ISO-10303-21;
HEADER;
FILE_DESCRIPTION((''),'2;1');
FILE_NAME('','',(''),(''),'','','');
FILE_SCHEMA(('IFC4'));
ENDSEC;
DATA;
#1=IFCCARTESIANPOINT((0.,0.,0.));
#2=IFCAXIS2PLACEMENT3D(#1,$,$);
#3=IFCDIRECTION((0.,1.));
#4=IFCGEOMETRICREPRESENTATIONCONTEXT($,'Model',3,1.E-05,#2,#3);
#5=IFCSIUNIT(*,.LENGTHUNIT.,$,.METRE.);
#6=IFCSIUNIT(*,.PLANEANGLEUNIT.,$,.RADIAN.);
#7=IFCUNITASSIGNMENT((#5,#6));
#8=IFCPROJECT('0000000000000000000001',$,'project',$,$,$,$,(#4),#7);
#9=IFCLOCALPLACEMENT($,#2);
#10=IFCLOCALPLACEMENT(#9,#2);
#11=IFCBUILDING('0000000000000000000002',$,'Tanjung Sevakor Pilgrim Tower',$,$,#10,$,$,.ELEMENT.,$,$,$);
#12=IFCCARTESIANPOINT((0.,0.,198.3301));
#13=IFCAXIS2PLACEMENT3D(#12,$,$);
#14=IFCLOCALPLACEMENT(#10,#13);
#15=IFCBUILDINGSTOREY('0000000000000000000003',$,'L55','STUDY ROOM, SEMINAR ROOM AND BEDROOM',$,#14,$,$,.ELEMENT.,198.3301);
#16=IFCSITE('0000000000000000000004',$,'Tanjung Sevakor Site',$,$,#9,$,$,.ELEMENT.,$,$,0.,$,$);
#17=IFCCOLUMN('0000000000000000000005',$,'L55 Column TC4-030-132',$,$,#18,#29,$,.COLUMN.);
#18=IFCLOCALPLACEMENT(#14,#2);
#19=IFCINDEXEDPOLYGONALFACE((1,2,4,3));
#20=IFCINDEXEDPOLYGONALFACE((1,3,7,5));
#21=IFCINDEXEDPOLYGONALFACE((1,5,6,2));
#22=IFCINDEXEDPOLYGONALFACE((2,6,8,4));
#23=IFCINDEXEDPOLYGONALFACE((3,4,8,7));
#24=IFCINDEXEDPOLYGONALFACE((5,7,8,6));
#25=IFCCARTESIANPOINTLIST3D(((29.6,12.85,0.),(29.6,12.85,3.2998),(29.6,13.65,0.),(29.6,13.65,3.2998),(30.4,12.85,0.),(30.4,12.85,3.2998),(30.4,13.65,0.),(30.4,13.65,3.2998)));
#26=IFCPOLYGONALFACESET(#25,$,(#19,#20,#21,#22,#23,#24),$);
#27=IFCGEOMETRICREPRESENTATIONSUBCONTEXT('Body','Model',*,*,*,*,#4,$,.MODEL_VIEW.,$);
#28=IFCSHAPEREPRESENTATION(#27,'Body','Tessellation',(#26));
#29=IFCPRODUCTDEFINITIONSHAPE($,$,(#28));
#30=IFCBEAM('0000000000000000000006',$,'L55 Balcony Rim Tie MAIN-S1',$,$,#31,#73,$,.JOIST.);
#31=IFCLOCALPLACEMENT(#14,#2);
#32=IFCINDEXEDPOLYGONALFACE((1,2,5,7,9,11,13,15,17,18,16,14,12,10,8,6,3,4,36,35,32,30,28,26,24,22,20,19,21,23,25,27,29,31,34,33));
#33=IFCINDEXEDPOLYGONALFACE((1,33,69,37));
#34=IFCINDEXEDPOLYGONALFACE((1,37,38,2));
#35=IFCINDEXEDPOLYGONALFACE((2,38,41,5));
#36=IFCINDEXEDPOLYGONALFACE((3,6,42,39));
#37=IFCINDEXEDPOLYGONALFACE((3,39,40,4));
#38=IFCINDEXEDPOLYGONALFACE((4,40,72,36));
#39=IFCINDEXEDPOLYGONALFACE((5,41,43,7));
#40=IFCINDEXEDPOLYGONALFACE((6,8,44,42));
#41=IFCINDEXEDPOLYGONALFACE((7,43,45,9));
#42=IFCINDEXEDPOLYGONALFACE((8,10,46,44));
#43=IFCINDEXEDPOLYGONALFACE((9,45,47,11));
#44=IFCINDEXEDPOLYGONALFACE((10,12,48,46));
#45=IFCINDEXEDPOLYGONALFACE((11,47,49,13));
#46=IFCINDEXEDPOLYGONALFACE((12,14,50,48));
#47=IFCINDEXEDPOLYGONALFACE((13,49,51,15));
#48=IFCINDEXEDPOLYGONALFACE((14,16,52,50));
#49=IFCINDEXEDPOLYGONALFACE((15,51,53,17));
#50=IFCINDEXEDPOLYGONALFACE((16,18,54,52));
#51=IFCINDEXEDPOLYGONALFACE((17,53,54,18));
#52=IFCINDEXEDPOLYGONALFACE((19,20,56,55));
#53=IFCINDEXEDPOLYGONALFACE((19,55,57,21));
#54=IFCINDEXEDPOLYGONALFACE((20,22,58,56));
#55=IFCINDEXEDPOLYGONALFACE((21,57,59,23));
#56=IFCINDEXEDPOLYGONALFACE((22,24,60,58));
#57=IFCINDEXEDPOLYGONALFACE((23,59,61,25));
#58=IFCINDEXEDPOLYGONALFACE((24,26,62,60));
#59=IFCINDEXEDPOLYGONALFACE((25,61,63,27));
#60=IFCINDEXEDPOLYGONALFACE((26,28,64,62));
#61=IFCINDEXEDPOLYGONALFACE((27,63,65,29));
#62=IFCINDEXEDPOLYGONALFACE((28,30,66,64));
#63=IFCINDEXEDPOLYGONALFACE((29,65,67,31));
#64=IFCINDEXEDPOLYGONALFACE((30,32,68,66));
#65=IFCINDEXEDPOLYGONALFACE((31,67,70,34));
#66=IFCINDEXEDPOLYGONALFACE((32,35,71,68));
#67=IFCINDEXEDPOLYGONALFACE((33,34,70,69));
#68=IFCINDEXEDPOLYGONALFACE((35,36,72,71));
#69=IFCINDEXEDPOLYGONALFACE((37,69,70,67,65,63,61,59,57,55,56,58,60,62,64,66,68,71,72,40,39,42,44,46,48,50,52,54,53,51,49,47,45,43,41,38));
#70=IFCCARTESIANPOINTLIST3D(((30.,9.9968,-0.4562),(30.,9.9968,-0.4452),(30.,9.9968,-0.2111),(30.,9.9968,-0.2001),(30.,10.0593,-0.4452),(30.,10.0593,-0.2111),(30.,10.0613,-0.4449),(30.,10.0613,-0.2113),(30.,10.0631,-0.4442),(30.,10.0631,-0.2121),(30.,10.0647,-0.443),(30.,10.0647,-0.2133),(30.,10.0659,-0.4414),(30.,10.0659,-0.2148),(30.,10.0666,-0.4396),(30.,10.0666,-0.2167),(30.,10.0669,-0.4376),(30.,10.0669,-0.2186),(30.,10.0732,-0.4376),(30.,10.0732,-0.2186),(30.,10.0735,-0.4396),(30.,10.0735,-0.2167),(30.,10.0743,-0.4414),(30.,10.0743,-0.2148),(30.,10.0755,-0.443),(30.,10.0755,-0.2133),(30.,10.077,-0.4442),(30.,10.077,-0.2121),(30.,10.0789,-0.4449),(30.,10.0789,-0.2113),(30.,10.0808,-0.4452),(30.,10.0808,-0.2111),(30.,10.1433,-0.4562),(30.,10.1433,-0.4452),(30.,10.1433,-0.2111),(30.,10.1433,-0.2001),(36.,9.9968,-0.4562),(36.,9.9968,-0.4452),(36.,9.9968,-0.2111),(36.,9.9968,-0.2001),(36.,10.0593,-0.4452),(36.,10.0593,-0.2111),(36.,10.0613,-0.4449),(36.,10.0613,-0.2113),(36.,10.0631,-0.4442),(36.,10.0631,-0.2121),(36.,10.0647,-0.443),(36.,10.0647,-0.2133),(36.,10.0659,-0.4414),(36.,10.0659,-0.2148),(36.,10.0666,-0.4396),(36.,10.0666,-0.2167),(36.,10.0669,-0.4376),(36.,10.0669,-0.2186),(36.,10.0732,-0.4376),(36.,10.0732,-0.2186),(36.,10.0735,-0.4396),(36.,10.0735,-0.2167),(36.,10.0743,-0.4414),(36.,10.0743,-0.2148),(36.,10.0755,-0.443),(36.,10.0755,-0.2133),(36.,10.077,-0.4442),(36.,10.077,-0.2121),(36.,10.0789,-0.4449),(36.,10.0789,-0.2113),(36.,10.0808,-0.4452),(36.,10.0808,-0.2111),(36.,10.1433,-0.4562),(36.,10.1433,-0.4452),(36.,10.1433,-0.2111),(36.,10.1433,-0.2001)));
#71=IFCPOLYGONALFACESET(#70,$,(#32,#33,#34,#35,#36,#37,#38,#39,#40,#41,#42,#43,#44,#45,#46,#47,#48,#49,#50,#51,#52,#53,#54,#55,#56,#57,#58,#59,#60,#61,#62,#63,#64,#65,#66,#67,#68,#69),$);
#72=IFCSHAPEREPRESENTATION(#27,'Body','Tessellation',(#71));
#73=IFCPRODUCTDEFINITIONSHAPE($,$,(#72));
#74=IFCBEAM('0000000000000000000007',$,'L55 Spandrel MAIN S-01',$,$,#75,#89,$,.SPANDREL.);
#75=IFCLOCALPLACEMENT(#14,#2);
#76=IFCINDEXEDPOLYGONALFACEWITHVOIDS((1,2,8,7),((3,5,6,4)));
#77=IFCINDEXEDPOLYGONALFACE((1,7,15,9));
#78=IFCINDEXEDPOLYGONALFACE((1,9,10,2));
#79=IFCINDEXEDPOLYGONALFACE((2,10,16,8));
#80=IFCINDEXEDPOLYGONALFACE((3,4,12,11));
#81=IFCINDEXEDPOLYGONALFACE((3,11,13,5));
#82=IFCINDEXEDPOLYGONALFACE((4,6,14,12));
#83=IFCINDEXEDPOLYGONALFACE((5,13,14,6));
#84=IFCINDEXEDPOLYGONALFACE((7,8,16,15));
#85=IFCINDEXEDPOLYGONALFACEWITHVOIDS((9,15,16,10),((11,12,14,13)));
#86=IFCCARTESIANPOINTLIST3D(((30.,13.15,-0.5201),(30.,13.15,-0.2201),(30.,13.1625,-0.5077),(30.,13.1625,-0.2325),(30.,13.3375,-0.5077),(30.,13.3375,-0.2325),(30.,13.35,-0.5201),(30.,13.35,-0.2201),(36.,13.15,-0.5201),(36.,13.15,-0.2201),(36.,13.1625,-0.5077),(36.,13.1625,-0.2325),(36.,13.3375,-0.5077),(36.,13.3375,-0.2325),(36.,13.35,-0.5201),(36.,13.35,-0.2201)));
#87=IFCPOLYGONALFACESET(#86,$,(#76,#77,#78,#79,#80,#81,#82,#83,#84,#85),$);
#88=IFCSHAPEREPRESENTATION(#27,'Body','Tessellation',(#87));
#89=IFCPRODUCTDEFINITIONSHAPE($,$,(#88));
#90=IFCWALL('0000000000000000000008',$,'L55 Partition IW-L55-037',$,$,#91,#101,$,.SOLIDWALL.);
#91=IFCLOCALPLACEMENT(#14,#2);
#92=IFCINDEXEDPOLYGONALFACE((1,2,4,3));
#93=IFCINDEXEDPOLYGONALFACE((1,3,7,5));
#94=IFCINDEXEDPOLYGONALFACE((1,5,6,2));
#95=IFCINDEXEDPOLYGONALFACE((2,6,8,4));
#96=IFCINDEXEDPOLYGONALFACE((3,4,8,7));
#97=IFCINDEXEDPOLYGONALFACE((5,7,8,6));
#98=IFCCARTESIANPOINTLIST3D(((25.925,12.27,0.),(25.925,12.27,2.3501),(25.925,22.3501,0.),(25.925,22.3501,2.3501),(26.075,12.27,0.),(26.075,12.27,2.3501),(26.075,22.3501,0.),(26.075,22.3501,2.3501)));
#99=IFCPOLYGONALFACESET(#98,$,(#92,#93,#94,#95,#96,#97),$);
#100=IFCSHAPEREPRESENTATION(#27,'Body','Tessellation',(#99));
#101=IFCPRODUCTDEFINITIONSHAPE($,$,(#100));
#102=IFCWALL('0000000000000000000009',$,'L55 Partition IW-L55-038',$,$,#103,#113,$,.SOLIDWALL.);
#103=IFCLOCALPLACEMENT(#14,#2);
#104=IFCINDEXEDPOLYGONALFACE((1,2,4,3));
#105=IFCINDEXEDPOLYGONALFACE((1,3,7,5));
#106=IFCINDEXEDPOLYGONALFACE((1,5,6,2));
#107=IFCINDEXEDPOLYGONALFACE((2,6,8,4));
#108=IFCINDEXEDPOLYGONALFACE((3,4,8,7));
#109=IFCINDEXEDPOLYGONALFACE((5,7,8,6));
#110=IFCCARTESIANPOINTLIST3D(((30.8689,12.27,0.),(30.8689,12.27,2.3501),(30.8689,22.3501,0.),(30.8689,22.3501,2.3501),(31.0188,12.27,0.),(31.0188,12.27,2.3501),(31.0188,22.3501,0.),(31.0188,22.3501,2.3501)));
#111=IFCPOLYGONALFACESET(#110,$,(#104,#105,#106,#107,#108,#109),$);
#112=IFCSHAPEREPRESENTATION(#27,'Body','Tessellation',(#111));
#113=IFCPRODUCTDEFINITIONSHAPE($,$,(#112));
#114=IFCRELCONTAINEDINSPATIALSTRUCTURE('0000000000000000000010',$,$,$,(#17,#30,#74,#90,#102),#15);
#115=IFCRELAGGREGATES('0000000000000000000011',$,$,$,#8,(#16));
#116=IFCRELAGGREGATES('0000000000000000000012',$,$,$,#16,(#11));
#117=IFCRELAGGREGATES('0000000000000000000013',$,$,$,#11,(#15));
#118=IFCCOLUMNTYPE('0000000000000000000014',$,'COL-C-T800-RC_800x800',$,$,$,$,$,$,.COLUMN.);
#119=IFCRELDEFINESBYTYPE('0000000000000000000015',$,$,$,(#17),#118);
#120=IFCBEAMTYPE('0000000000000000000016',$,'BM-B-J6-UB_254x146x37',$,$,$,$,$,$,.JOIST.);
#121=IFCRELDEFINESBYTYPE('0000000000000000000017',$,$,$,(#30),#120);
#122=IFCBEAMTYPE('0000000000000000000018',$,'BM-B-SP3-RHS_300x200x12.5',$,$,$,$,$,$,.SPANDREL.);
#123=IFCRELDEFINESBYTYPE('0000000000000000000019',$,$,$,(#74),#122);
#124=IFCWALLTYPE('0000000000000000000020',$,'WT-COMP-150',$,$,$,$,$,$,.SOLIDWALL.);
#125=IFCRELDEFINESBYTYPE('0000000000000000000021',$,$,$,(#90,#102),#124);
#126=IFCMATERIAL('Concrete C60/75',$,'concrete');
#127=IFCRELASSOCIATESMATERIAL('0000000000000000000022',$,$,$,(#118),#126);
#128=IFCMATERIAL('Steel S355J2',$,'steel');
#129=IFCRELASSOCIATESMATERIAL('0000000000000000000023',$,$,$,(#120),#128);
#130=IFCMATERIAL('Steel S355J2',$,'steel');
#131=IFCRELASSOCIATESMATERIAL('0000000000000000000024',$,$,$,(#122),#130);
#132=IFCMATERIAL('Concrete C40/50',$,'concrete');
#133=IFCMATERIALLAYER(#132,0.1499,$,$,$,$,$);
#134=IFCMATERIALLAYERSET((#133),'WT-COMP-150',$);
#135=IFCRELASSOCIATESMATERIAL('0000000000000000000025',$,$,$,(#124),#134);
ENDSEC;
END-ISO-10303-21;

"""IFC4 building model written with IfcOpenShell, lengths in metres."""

from ifc_helpers import new_model, si_unit, direction, frame, frame_2d, origin, origin_2d, place, context, subcontext, project, spatial, rectangle, hollow_rectangle, i_section, extrude, material, layer, layer_set, material_profile, profile_set, type_object, element, save


model = new_model("IFC4")

# Units and contexts
model_context = context("Model", 3, precision=1e-05, world=origin(), true_north=direction((0.0, 1.0)))
body_context = subcontext(model_context, "Body", "Model", "MODEL_VIEW")
ifc_project = project(units=[si_unit("LENGTHUNIT", "METRE"), si_unit("PLANEANGLEUNIT", "RADIAN")], contexts=[model_context])

# Site, building, storey
site_placement = place(None, origin())
site = spatial("IfcSite", under=ifc_project, at=site_placement, Name="Tanjung Sevakor Site", CompositionType="ELEMENT", RefElevation=0.0)
building_placement = place(site_placement, origin())
building = spatial("IfcBuilding", under=site, at=building_placement, Name="Tanjung Sevakor Pilgrim Tower", CompositionType="ELEMENT")
storey_placement = place(building_placement, frame((0.0, 0.0, 198.3301)))
storey = spatial("IfcBuildingStorey", under=building, at=storey_placement, Name="L55", Description="STUDY ROOM, SEMINAR ROOM AND BEDROOM", CompositionType="ELEMENT", Elevation=198.3301)

# Column
ifc_material_1 = material(Name="Concrete C60/75", Category="concrete")
ifc_material_profile_1 = material_profile(ifc_material_1, rectangle(XDim=0.8, YDim=0.8, at=origin_2d()))
ifc_profile_set_1 = profile_set([ifc_material_profile_1], Name="Concrete C60/75")
column_type = type_object("IfcColumnType", Name="COL-C-T800-RC_800x800", PredefinedType="COLUMN", material=ifc_profile_set_1)
column_placement = place(storey_placement, frame((30.0, 13.25, 0.0), z_axis=(0.0, 0.0, 1.0), x_axis=(1.0, 0.0, 0.0)))
element("IfcColumn", 1, at=column_placement, inside=storey, type_object=column_type, Name="L55 Column TC4-030-132", PredefinedType="COLUMN", context=body_context, shape_type="SweptSolid", body=[
    extrude(rectangle(XDim=0.8, YDim=0.8, at=origin_2d()), origin(), (0.0, 0.0, 1.0), 3.2998),
])

# Beams
ifc_material_2 = material(Name="Steel S355J2", Category="steel")
ifc_material_profile_2 = material_profile(ifc_material_2, i_section(OverallWidth=0.1465, OverallDepth=0.2561, WebThickness=0.0063, FlangeThickness=0.011, FilletRadius=0.0076, at=origin_2d()))
ifc_profile_set_2 = profile_set([ifc_material_profile_2], Name="Steel S355J2")
beam_type_1 = type_object("IfcBeamType", Name="BM-B-J6-UB_254x146x37", PredefinedType="JOIST", material=ifc_profile_set_2)
beam_1_placement = place(storey_placement, frame((30.0, 10.0701, -0.3281), z_axis=(1.0, 0.0, 0.0), x_axis=(0.0, 1.0, 0.0)))
element("IfcBeam", 2, at=beam_1_placement, inside=storey, type_object=beam_type_1, Name="L55 Balcony Rim Tie MAIN-S1", PredefinedType="JOIST", context=body_context, shape_type="SweptSolid", body=[
    extrude(i_section(OverallWidth=0.1465, OverallDepth=0.2561, WebThickness=0.0063, FlangeThickness=0.011, FilletRadius=0.0076, at=origin_2d()), origin(), (0.0, 0.0, 1.0), 6.0),
])
ifc_material_3 = material(Name="Steel S355J2", Category="steel")
ifc_material_profile_3 = material_profile(ifc_material_3, hollow_rectangle(XDim=0.2, YDim=0.3, WallThickness=0.0125, at=origin_2d()))
ifc_profile_set_3 = profile_set([ifc_material_profile_3], Name="Steel S355J2")
beam_type_2 = type_object("IfcBeamType", Name="BM-B-SP3-RHS_300x200x12.5", PredefinedType="SPANDREL", material=ifc_profile_set_3)
beam_2_placement = place(storey_placement, frame((30.0, 13.25, -0.3701), z_axis=(1.0, 0.0, 0.0), x_axis=(0.0, 1.0, 0.0)))
element("IfcBeam", 3, at=beam_2_placement, inside=storey, type_object=beam_type_2, Name="L55 Spandrel MAIN S-01", PredefinedType="SPANDREL", context=body_context, shape_type="SweptSolid", body=[
    extrude(hollow_rectangle(XDim=0.2, YDim=0.3, WallThickness=0.0125, at=origin_2d()), origin(), (0.0, 0.0, 1.0), 6.0),
])

# Walls
ifc_material_4 = material(Name="Concrete C40/50", Category="concrete")
ifc_layer_1 = layer(ifc_material_4, 0.1499)
ifc_layer_set_1 = layer_set([ifc_layer_1], Name="WT-COMP-150")
wall_type_1 = type_object("IfcWallType", Name="WT-COMP-150", PredefinedType="SOLIDWALL", material=ifc_layer_set_1)
for number, where, z_axis, x_axis, name in (
    (4, (26.0, 12.27, 0.0), (0.0, 0.0, 1.0), (0.0, 1.0, 0.0), "L55 Partition IW-L55-037"),
    (5, (30.9438, 12.27, 0.0), (0.0, 0.0, 1.0), (0.0, 1.0, 0.0), "L55 Partition IW-L55-038"),
):
    element("IfcWall", number, at=place(storey_placement, frame(where, z_axis=z_axis, x_axis=x_axis)), inside=storey, type_object=wall_type_1, Name=name, PredefinedType="SOLIDWALL", context=body_context, shape_type="SweptSolid", body=[
        extrude(rectangle(XDim=10.0801, YDim=0.1499, at=frame_2d((5.04, 0.0))), origin(), (0.0, 0.0, 1.0), 2.3501),
    ])

save(model, "model.ifc")
